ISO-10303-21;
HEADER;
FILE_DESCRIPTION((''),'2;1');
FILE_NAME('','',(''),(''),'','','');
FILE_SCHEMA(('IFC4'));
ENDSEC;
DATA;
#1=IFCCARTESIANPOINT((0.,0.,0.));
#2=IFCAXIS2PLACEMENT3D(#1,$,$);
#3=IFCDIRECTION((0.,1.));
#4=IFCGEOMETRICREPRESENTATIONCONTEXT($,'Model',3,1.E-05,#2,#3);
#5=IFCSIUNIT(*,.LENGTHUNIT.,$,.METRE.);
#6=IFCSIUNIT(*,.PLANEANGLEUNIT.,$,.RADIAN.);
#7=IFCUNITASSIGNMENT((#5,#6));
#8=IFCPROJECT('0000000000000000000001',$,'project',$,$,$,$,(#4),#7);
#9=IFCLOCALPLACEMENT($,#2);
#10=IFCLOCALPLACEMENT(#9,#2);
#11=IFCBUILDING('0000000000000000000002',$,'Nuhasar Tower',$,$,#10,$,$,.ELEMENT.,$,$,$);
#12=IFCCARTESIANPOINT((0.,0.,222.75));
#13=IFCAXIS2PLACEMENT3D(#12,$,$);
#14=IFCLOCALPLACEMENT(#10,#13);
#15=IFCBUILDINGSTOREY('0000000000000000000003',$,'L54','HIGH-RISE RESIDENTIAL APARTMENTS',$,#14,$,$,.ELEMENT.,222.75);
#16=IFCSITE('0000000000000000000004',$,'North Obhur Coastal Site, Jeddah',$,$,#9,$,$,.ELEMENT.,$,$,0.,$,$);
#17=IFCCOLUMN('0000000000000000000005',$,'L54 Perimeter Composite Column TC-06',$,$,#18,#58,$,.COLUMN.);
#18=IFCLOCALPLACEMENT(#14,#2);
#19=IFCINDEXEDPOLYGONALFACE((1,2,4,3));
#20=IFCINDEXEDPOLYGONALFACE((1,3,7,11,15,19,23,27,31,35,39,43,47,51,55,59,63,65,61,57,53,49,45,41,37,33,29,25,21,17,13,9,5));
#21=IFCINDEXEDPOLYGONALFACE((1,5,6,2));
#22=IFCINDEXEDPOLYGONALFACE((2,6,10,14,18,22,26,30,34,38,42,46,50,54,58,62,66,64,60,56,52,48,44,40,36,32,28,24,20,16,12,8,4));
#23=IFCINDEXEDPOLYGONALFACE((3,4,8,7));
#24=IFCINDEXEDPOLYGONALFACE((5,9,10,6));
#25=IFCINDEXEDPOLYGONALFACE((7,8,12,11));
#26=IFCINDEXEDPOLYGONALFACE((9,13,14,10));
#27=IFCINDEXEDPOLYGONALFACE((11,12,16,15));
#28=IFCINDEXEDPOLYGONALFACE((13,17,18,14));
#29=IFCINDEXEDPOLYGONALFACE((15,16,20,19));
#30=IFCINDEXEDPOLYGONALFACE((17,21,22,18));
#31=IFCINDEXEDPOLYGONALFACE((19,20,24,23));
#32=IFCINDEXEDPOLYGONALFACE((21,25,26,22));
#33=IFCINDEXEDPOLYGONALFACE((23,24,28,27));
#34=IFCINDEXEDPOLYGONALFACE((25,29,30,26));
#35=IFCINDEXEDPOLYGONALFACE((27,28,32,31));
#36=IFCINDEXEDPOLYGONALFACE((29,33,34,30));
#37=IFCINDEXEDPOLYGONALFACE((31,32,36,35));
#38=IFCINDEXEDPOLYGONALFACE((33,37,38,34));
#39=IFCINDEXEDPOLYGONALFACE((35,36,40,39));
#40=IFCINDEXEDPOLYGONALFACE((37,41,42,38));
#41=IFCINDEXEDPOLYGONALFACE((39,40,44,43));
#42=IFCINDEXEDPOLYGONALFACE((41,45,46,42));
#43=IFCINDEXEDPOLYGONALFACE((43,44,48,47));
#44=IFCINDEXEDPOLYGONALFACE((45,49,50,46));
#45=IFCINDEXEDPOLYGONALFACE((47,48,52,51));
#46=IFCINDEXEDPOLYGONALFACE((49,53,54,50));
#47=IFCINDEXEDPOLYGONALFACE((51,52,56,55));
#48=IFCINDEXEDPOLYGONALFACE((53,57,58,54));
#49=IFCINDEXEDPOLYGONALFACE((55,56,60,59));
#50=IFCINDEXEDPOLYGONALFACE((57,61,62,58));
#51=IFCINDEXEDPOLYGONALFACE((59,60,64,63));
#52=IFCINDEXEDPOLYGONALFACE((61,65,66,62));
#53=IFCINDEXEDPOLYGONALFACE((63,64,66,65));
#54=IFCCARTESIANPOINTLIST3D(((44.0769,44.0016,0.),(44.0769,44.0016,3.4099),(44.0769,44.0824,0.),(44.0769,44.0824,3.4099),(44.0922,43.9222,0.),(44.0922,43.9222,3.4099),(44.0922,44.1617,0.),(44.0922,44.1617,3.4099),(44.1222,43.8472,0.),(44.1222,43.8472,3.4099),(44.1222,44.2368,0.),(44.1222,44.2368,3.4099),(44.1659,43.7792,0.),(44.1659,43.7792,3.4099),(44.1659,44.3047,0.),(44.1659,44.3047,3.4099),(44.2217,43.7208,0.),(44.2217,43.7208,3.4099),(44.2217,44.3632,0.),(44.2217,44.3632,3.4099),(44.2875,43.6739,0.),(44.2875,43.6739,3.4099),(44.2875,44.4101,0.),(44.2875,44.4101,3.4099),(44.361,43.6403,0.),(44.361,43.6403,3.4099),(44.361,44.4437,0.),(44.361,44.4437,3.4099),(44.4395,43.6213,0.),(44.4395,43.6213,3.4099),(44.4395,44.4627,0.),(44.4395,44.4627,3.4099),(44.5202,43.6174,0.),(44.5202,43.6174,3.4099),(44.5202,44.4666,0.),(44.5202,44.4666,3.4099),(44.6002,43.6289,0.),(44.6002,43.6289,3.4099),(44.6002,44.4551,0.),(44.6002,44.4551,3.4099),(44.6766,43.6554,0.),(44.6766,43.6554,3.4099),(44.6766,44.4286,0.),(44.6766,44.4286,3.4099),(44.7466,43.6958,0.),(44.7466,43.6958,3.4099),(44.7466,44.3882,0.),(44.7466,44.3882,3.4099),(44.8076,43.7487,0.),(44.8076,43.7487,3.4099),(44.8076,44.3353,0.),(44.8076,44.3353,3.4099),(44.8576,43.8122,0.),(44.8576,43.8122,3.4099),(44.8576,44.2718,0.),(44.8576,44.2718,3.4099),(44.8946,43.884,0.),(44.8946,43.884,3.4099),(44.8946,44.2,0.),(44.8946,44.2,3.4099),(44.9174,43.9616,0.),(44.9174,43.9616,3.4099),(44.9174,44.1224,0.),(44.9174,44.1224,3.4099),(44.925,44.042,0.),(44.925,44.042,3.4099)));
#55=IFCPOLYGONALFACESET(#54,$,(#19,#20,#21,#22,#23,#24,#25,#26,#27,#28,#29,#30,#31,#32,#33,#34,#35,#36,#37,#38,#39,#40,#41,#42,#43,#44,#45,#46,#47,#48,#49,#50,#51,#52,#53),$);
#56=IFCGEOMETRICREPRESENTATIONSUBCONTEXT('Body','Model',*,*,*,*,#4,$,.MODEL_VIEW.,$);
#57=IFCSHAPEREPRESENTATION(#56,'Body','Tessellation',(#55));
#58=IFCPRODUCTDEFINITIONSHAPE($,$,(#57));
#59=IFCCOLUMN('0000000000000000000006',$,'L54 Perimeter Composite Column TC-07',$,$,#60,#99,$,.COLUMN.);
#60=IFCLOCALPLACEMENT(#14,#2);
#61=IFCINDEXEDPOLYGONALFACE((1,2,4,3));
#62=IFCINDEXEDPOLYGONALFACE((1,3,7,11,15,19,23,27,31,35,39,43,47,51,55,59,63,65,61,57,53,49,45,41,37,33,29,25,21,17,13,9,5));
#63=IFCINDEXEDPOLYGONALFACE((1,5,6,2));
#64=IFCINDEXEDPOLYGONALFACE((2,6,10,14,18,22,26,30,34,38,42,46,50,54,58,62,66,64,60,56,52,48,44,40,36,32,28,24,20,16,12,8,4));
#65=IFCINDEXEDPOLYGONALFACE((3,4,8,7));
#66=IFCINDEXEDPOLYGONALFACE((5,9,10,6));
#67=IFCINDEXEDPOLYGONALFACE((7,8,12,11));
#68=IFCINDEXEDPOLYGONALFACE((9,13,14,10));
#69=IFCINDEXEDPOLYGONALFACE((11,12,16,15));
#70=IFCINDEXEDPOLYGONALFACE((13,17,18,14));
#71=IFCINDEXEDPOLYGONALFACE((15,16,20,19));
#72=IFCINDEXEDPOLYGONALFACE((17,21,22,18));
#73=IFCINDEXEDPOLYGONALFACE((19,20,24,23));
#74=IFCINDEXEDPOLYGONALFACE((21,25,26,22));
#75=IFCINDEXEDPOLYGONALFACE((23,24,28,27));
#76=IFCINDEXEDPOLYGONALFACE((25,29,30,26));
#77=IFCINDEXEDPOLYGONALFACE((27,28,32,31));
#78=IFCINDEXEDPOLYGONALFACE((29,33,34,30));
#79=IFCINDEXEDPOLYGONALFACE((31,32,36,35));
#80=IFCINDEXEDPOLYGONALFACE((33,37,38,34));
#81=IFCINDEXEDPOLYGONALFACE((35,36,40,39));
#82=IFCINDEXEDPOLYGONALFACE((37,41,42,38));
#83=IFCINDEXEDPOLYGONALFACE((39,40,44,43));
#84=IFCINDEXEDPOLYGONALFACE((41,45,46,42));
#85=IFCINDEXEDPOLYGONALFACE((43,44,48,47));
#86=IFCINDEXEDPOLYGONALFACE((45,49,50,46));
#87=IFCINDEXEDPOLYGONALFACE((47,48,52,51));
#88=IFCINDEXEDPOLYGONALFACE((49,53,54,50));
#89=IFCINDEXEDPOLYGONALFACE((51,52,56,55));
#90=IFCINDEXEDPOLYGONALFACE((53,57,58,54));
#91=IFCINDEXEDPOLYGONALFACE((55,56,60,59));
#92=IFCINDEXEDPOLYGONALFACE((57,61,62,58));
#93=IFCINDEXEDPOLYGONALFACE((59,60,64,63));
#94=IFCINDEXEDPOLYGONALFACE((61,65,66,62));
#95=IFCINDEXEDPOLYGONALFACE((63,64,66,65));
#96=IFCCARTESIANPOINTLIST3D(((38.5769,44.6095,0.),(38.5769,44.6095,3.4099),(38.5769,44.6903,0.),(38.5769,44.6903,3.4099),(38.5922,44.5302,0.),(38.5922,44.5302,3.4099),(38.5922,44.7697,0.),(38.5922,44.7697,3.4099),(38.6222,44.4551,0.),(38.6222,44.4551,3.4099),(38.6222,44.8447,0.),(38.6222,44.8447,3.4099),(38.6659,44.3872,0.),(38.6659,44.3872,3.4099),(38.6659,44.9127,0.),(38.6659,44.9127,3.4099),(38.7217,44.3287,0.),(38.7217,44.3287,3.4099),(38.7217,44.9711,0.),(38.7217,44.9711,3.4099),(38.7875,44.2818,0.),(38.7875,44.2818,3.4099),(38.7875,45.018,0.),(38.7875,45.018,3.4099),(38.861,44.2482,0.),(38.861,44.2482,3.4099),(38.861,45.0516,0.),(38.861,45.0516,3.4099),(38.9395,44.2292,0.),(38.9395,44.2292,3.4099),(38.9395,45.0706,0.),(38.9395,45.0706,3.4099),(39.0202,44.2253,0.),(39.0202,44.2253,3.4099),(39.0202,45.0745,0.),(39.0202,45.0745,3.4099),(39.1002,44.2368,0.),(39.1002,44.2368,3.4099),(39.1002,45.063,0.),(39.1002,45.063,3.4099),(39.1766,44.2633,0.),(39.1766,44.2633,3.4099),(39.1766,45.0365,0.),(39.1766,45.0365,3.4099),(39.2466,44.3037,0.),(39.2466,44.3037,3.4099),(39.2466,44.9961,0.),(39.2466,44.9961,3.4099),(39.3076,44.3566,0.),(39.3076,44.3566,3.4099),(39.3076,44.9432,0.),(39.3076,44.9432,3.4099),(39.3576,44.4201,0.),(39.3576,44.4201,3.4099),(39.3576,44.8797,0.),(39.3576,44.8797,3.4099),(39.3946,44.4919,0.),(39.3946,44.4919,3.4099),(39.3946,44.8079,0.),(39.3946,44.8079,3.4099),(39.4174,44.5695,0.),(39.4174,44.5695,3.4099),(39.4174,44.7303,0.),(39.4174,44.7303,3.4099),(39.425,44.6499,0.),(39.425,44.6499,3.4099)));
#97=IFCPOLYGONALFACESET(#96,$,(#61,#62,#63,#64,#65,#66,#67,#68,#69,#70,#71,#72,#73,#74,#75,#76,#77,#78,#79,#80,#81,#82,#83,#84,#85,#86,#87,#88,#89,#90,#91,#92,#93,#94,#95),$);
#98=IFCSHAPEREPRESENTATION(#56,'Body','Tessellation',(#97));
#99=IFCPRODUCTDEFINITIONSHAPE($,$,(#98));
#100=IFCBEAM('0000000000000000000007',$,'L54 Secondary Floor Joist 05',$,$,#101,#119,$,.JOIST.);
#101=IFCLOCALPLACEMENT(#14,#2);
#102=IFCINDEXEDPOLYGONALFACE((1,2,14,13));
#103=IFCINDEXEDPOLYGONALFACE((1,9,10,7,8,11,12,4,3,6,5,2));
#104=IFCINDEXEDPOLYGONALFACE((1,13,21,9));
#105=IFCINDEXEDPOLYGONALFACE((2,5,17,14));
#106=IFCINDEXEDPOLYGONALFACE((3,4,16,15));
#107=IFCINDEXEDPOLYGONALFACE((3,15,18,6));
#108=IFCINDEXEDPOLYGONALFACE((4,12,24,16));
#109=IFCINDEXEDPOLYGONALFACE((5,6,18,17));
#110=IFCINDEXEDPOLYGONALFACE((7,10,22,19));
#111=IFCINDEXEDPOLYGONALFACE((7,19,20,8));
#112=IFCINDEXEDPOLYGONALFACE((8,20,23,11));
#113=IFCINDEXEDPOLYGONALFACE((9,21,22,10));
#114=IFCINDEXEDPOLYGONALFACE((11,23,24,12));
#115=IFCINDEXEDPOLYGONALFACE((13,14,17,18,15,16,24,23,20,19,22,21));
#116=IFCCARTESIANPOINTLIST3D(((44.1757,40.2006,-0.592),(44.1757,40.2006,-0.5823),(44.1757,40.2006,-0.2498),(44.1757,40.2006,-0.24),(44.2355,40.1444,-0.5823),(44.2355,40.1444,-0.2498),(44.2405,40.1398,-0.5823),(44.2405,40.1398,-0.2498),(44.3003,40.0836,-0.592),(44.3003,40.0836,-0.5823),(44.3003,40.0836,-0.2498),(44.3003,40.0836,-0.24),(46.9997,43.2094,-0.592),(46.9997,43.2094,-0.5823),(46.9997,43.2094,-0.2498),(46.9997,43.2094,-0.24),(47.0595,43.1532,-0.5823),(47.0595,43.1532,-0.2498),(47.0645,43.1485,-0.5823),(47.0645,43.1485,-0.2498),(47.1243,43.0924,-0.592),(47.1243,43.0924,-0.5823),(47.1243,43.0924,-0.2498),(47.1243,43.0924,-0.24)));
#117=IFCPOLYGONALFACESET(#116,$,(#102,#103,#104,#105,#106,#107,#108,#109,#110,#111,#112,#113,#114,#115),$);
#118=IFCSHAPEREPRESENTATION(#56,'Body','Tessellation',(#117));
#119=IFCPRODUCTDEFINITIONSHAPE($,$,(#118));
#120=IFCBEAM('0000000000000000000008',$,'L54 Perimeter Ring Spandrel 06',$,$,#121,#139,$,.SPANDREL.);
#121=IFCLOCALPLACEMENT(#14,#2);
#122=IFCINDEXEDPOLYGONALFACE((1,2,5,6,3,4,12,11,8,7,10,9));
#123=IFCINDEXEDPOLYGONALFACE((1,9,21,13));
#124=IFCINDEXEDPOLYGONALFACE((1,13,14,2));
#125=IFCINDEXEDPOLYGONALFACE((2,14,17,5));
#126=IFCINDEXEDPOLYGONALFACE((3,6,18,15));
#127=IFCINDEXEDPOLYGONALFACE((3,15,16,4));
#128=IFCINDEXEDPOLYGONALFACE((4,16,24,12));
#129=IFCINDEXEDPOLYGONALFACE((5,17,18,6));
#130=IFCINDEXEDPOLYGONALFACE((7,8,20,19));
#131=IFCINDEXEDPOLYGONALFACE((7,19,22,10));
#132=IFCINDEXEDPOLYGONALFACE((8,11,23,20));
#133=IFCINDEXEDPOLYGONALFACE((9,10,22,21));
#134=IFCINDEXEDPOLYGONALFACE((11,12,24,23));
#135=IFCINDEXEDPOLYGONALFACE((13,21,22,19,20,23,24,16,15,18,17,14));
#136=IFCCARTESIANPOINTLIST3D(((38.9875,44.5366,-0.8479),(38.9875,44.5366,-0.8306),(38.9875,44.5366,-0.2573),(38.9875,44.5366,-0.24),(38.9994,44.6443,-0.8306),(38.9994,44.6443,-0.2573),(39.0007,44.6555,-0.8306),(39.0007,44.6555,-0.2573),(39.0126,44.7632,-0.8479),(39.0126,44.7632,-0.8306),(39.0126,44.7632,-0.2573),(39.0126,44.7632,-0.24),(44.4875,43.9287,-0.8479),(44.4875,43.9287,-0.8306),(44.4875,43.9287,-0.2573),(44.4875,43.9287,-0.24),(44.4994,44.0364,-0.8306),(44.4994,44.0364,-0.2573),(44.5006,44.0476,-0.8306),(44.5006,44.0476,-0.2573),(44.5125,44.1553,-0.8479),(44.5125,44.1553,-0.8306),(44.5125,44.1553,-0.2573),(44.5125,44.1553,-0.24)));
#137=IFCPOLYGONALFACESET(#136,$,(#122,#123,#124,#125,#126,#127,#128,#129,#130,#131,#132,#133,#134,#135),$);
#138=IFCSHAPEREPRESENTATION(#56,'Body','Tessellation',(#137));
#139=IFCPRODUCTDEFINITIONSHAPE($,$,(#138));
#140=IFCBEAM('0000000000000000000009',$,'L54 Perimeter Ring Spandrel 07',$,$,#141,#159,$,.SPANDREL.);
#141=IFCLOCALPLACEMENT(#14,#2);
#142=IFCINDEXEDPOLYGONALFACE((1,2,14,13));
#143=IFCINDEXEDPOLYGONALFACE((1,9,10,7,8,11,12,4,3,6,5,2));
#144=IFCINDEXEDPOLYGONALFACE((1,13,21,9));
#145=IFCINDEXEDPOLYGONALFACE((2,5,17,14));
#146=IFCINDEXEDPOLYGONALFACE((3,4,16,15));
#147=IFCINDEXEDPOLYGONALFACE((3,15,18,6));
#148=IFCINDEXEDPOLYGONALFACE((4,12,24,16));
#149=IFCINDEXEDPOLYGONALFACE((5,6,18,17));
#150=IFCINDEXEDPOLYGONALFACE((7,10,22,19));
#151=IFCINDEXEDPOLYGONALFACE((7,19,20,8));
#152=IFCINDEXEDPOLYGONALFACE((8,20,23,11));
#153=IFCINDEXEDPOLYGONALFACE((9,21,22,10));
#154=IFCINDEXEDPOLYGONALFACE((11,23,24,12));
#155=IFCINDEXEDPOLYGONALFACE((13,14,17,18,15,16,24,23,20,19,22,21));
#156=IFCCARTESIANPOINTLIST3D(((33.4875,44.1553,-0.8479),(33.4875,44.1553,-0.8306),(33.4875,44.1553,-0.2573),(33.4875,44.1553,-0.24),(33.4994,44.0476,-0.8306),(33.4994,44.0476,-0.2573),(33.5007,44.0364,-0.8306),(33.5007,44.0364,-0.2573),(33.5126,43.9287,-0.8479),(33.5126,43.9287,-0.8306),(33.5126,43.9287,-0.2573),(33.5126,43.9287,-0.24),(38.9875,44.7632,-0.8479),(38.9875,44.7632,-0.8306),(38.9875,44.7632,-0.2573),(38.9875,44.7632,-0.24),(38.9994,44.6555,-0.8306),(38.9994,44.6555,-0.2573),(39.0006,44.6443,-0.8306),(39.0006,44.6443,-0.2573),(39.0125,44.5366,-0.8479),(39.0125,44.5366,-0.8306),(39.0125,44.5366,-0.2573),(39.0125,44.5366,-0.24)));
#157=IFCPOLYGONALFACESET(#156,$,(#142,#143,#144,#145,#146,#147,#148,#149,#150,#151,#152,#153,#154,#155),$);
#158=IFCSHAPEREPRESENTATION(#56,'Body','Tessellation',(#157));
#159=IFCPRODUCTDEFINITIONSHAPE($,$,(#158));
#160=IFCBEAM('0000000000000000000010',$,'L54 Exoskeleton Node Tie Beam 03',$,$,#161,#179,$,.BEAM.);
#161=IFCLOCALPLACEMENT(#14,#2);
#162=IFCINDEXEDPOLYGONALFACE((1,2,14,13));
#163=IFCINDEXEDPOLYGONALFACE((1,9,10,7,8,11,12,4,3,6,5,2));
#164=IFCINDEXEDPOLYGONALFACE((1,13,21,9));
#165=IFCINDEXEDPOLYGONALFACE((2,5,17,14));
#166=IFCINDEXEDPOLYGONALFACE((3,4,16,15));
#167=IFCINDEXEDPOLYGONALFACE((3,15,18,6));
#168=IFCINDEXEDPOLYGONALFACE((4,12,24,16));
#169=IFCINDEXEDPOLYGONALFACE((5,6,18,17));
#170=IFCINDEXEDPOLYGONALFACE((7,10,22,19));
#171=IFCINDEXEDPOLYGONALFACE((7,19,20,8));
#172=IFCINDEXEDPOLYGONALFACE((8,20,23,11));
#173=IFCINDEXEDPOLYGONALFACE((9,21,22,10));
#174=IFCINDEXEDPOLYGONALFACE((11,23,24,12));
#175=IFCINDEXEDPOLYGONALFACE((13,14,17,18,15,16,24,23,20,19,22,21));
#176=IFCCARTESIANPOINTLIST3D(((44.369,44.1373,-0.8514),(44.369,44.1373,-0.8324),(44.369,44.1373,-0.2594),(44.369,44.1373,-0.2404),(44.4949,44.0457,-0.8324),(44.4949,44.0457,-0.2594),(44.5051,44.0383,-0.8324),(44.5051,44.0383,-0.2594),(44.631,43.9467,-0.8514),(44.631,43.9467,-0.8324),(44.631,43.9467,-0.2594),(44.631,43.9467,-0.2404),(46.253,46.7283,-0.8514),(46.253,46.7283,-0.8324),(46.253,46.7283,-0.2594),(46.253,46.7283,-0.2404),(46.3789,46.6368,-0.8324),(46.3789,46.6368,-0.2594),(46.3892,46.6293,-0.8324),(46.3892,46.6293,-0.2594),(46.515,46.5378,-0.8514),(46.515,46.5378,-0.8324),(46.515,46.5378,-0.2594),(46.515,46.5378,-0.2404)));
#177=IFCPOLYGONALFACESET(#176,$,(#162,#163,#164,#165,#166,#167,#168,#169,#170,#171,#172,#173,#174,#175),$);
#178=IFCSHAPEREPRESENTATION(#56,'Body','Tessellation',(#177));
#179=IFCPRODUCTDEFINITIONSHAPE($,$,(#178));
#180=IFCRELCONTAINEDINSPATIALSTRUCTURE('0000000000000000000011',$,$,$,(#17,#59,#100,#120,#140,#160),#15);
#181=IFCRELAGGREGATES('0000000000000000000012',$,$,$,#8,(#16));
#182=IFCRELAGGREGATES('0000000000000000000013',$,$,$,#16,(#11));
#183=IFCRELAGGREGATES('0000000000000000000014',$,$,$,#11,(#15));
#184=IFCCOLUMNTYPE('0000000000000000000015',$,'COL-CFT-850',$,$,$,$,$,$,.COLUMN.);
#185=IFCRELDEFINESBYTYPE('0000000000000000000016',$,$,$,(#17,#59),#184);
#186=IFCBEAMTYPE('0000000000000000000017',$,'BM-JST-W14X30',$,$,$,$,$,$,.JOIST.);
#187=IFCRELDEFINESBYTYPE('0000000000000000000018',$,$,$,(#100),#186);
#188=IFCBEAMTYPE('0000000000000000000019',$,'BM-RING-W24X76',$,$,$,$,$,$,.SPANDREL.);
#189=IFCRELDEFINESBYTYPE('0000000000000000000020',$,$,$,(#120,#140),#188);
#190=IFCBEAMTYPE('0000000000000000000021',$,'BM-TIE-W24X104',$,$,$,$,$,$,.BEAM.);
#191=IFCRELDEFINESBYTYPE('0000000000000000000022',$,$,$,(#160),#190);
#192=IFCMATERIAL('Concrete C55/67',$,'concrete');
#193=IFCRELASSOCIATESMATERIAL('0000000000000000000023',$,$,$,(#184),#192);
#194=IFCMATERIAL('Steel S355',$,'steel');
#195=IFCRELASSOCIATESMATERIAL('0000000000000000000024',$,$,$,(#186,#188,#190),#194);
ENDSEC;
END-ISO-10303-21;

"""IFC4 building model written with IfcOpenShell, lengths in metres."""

from ifc_helpers import new_model, si_unit, direction, frame, origin, origin_2d, place, context, subcontext, project, spatial, circle, i_section, extrude, material, material_profile, profile_set, type_object, element, save


model = new_model("IFC4")

# Units and contexts
model_context = context("Model", 3, precision=1e-05, world=origin(), true_north=direction((0.0, 1.0)))
body_context = subcontext(model_context, "Body", "Model", "MODEL_VIEW")
ifc_project = project(units=[si_unit("LENGTHUNIT", "METRE"), si_unit("PLANEANGLEUNIT", "RADIAN")], contexts=[model_context])

# Site, building, storey
site_placement = place(None, origin())
site = spatial("IfcSite", under=ifc_project, at=site_placement, Name="North Obhur Coastal Site, Jeddah", CompositionType="ELEMENT", RefElevation=0.0)
building_placement = place(site_placement, origin())
building = spatial("IfcBuilding", under=site, at=building_placement, Name="Nuhasar Tower", CompositionType="ELEMENT")
storey_placement = place(building_placement, frame((0.0, 0.0, 222.75)))
storey = spatial("IfcBuildingStorey", under=building, at=storey_placement, Name="L54", Description="HIGH-RISE RESIDENTIAL APARTMENTS", CompositionType="ELEMENT", Elevation=222.75)

# Columns
ifc_material_1 = material(Name="Concrete C55/67", Category="concrete")
ifc_material_profile_1 = material_profile(ifc_material_1, circle(Radius=0.425, at=origin_2d()), Name="CFT850")
ifc_profile_set_1 = profile_set([ifc_material_profile_1], Name="Concrete C55/67")
column_type = type_object("IfcColumnType", Name="COL-CFT-850", PredefinedType="COLUMN", material=ifc_profile_set_1)
for number, where, z_axis, x_axis, name in (
    (1, (44.5, 44.042, 0.0), (0.0, 0.0, 1.0), (1.0, 0.0, 0.0), "L54 Perimeter Composite Column TC-06"),
    (2, (39.0, 44.6499, 0.0), (0.0, 0.0, 1.0), (1.0, 0.0, 0.0), "L54 Perimeter Composite Column TC-07"),
):
    element("IfcColumn", number, at=place(storey_placement, frame(where, z_axis=z_axis, x_axis=x_axis)), inside=storey, type_object=column_type, Name=name, PredefinedType="COLUMN", context=body_context, shape_type="SweptSolid", body=[
        extrude(circle(Radius=0.425, at=origin_2d()), origin(), (0.0, 0.0, 1.0), 3.4099),
    ])

# Beams
ifc_material_2 = material(Name="Steel S355", Category="steel")
ifc_material_profile_2 = material_profile(ifc_material_2, i_section(OverallWidth=0.1709, OverallDepth=0.3521, WebThickness=0.0068, FlangeThickness=0.0098, at=origin_2d()), Name="W14X30")
ifc_profile_set_2 = profile_set([ifc_material_profile_2], Name="Steel S355")
beam_type_1 = type_object("IfcBeamType", Name="BM-JST-W14X30", PredefinedType="JOIST", material=ifc_profile_set_2)
beam_1_placement = place(storey_placement, frame((44.238, 40.1421, -0.416), z_axis=(0.684358, 0.729146, 0.0), x_axis=(-0.729146, 0.684358, 0.0)))
element("IfcBeam", 3, at=beam_1_placement, inside=storey, type_object=beam_type_1, Name="L54 Secondary Floor Joist 05", PredefinedType="JOIST", context=body_context, shape_type="SweptSolid", body=[
    extrude(i_section(OverallWidth=0.1709, OverallDepth=0.3521, WebThickness=0.0068, FlangeThickness=0.0098, at=origin_2d()), origin(), (0.0, 0.0, 1.0), 4.1265),
])
ifc_material_profile_3 = material_profile(ifc_material_2, i_section(OverallWidth=0.228, OverallDepth=0.6079, WebThickness=0.0112, FlangeThickness=0.0173, at=origin_2d()), Name="W24X76")
ifc_profile_set_3 = profile_set([ifc_material_profile_3], Name="Steel S355")
beam_type_2 = type_object("IfcBeamType", Name="BM-RING-W24X76", PredefinedType="SPANDREL", material=ifc_profile_set_3)
for number, where, z_axis, x_axis, name in (
    (4, (44.5, 44.042, -0.5439), (-0.993947, 0.10986, 0.0), (-0.10986, -0.993947, 0.0), "L54 Perimeter Ring Spandrel 06"),
    (5, (39.0, 44.6499, -0.5439), (-0.993947, -0.10986, 0.0), (0.10986, -0.993947, 0.0), "L54 Perimeter Ring Spandrel 07"),
):
    element("IfcBeam", number, at=place(storey_placement, frame(where, z_axis=z_axis, x_axis=x_axis)), inside=storey, type_object=beam_type_2, Name=name, PredefinedType="SPANDREL", context=body_context, shape_type="SweptSolid", body=[
        extrude(i_section(OverallWidth=0.228, OverallDepth=0.6079, WebThickness=0.0112, FlangeThickness=0.0173, at=origin_2d()), origin(), (0.0, 0.0, 1.0), 5.5334),
    ])
ifc_material_profile_4 = material_profile(ifc_material_2, i_section(OverallWidth=0.324, OverallDepth=0.6111, WebThickness=0.0127, FlangeThickness=0.019, at=origin_2d()), Name="W24X104")
ifc_profile_set_4 = profile_set([ifc_material_profile_4], Name="Steel S355")
beam_type_3 = type_object("IfcBeamType", Name="BM-TIE-W24X104", PredefinedType="BEAM", material=ifc_profile_set_4)
beam_2_placement = place(storey_placement, frame((44.5, 44.042, -0.5459), z_axis=(0.588095, 0.808792, 0.0), x_axis=(-0.808792, 0.588095, 0.0)))
element("IfcBeam", 6, at=beam_2_placement, inside=storey, type_object=beam_type_3, Name="L54 Exoskeleton Node Tie Beam 03", PredefinedType="BEAM", context=body_context, shape_type="SweptSolid", body=[
    extrude(i_section(OverallWidth=0.324, OverallDepth=0.6111, WebThickness=0.0127, FlangeThickness=0.019, at=origin_2d()), origin(), (0.0, 0.0, 1.0), 3.2036),
])

save(model, "model.ifc")
